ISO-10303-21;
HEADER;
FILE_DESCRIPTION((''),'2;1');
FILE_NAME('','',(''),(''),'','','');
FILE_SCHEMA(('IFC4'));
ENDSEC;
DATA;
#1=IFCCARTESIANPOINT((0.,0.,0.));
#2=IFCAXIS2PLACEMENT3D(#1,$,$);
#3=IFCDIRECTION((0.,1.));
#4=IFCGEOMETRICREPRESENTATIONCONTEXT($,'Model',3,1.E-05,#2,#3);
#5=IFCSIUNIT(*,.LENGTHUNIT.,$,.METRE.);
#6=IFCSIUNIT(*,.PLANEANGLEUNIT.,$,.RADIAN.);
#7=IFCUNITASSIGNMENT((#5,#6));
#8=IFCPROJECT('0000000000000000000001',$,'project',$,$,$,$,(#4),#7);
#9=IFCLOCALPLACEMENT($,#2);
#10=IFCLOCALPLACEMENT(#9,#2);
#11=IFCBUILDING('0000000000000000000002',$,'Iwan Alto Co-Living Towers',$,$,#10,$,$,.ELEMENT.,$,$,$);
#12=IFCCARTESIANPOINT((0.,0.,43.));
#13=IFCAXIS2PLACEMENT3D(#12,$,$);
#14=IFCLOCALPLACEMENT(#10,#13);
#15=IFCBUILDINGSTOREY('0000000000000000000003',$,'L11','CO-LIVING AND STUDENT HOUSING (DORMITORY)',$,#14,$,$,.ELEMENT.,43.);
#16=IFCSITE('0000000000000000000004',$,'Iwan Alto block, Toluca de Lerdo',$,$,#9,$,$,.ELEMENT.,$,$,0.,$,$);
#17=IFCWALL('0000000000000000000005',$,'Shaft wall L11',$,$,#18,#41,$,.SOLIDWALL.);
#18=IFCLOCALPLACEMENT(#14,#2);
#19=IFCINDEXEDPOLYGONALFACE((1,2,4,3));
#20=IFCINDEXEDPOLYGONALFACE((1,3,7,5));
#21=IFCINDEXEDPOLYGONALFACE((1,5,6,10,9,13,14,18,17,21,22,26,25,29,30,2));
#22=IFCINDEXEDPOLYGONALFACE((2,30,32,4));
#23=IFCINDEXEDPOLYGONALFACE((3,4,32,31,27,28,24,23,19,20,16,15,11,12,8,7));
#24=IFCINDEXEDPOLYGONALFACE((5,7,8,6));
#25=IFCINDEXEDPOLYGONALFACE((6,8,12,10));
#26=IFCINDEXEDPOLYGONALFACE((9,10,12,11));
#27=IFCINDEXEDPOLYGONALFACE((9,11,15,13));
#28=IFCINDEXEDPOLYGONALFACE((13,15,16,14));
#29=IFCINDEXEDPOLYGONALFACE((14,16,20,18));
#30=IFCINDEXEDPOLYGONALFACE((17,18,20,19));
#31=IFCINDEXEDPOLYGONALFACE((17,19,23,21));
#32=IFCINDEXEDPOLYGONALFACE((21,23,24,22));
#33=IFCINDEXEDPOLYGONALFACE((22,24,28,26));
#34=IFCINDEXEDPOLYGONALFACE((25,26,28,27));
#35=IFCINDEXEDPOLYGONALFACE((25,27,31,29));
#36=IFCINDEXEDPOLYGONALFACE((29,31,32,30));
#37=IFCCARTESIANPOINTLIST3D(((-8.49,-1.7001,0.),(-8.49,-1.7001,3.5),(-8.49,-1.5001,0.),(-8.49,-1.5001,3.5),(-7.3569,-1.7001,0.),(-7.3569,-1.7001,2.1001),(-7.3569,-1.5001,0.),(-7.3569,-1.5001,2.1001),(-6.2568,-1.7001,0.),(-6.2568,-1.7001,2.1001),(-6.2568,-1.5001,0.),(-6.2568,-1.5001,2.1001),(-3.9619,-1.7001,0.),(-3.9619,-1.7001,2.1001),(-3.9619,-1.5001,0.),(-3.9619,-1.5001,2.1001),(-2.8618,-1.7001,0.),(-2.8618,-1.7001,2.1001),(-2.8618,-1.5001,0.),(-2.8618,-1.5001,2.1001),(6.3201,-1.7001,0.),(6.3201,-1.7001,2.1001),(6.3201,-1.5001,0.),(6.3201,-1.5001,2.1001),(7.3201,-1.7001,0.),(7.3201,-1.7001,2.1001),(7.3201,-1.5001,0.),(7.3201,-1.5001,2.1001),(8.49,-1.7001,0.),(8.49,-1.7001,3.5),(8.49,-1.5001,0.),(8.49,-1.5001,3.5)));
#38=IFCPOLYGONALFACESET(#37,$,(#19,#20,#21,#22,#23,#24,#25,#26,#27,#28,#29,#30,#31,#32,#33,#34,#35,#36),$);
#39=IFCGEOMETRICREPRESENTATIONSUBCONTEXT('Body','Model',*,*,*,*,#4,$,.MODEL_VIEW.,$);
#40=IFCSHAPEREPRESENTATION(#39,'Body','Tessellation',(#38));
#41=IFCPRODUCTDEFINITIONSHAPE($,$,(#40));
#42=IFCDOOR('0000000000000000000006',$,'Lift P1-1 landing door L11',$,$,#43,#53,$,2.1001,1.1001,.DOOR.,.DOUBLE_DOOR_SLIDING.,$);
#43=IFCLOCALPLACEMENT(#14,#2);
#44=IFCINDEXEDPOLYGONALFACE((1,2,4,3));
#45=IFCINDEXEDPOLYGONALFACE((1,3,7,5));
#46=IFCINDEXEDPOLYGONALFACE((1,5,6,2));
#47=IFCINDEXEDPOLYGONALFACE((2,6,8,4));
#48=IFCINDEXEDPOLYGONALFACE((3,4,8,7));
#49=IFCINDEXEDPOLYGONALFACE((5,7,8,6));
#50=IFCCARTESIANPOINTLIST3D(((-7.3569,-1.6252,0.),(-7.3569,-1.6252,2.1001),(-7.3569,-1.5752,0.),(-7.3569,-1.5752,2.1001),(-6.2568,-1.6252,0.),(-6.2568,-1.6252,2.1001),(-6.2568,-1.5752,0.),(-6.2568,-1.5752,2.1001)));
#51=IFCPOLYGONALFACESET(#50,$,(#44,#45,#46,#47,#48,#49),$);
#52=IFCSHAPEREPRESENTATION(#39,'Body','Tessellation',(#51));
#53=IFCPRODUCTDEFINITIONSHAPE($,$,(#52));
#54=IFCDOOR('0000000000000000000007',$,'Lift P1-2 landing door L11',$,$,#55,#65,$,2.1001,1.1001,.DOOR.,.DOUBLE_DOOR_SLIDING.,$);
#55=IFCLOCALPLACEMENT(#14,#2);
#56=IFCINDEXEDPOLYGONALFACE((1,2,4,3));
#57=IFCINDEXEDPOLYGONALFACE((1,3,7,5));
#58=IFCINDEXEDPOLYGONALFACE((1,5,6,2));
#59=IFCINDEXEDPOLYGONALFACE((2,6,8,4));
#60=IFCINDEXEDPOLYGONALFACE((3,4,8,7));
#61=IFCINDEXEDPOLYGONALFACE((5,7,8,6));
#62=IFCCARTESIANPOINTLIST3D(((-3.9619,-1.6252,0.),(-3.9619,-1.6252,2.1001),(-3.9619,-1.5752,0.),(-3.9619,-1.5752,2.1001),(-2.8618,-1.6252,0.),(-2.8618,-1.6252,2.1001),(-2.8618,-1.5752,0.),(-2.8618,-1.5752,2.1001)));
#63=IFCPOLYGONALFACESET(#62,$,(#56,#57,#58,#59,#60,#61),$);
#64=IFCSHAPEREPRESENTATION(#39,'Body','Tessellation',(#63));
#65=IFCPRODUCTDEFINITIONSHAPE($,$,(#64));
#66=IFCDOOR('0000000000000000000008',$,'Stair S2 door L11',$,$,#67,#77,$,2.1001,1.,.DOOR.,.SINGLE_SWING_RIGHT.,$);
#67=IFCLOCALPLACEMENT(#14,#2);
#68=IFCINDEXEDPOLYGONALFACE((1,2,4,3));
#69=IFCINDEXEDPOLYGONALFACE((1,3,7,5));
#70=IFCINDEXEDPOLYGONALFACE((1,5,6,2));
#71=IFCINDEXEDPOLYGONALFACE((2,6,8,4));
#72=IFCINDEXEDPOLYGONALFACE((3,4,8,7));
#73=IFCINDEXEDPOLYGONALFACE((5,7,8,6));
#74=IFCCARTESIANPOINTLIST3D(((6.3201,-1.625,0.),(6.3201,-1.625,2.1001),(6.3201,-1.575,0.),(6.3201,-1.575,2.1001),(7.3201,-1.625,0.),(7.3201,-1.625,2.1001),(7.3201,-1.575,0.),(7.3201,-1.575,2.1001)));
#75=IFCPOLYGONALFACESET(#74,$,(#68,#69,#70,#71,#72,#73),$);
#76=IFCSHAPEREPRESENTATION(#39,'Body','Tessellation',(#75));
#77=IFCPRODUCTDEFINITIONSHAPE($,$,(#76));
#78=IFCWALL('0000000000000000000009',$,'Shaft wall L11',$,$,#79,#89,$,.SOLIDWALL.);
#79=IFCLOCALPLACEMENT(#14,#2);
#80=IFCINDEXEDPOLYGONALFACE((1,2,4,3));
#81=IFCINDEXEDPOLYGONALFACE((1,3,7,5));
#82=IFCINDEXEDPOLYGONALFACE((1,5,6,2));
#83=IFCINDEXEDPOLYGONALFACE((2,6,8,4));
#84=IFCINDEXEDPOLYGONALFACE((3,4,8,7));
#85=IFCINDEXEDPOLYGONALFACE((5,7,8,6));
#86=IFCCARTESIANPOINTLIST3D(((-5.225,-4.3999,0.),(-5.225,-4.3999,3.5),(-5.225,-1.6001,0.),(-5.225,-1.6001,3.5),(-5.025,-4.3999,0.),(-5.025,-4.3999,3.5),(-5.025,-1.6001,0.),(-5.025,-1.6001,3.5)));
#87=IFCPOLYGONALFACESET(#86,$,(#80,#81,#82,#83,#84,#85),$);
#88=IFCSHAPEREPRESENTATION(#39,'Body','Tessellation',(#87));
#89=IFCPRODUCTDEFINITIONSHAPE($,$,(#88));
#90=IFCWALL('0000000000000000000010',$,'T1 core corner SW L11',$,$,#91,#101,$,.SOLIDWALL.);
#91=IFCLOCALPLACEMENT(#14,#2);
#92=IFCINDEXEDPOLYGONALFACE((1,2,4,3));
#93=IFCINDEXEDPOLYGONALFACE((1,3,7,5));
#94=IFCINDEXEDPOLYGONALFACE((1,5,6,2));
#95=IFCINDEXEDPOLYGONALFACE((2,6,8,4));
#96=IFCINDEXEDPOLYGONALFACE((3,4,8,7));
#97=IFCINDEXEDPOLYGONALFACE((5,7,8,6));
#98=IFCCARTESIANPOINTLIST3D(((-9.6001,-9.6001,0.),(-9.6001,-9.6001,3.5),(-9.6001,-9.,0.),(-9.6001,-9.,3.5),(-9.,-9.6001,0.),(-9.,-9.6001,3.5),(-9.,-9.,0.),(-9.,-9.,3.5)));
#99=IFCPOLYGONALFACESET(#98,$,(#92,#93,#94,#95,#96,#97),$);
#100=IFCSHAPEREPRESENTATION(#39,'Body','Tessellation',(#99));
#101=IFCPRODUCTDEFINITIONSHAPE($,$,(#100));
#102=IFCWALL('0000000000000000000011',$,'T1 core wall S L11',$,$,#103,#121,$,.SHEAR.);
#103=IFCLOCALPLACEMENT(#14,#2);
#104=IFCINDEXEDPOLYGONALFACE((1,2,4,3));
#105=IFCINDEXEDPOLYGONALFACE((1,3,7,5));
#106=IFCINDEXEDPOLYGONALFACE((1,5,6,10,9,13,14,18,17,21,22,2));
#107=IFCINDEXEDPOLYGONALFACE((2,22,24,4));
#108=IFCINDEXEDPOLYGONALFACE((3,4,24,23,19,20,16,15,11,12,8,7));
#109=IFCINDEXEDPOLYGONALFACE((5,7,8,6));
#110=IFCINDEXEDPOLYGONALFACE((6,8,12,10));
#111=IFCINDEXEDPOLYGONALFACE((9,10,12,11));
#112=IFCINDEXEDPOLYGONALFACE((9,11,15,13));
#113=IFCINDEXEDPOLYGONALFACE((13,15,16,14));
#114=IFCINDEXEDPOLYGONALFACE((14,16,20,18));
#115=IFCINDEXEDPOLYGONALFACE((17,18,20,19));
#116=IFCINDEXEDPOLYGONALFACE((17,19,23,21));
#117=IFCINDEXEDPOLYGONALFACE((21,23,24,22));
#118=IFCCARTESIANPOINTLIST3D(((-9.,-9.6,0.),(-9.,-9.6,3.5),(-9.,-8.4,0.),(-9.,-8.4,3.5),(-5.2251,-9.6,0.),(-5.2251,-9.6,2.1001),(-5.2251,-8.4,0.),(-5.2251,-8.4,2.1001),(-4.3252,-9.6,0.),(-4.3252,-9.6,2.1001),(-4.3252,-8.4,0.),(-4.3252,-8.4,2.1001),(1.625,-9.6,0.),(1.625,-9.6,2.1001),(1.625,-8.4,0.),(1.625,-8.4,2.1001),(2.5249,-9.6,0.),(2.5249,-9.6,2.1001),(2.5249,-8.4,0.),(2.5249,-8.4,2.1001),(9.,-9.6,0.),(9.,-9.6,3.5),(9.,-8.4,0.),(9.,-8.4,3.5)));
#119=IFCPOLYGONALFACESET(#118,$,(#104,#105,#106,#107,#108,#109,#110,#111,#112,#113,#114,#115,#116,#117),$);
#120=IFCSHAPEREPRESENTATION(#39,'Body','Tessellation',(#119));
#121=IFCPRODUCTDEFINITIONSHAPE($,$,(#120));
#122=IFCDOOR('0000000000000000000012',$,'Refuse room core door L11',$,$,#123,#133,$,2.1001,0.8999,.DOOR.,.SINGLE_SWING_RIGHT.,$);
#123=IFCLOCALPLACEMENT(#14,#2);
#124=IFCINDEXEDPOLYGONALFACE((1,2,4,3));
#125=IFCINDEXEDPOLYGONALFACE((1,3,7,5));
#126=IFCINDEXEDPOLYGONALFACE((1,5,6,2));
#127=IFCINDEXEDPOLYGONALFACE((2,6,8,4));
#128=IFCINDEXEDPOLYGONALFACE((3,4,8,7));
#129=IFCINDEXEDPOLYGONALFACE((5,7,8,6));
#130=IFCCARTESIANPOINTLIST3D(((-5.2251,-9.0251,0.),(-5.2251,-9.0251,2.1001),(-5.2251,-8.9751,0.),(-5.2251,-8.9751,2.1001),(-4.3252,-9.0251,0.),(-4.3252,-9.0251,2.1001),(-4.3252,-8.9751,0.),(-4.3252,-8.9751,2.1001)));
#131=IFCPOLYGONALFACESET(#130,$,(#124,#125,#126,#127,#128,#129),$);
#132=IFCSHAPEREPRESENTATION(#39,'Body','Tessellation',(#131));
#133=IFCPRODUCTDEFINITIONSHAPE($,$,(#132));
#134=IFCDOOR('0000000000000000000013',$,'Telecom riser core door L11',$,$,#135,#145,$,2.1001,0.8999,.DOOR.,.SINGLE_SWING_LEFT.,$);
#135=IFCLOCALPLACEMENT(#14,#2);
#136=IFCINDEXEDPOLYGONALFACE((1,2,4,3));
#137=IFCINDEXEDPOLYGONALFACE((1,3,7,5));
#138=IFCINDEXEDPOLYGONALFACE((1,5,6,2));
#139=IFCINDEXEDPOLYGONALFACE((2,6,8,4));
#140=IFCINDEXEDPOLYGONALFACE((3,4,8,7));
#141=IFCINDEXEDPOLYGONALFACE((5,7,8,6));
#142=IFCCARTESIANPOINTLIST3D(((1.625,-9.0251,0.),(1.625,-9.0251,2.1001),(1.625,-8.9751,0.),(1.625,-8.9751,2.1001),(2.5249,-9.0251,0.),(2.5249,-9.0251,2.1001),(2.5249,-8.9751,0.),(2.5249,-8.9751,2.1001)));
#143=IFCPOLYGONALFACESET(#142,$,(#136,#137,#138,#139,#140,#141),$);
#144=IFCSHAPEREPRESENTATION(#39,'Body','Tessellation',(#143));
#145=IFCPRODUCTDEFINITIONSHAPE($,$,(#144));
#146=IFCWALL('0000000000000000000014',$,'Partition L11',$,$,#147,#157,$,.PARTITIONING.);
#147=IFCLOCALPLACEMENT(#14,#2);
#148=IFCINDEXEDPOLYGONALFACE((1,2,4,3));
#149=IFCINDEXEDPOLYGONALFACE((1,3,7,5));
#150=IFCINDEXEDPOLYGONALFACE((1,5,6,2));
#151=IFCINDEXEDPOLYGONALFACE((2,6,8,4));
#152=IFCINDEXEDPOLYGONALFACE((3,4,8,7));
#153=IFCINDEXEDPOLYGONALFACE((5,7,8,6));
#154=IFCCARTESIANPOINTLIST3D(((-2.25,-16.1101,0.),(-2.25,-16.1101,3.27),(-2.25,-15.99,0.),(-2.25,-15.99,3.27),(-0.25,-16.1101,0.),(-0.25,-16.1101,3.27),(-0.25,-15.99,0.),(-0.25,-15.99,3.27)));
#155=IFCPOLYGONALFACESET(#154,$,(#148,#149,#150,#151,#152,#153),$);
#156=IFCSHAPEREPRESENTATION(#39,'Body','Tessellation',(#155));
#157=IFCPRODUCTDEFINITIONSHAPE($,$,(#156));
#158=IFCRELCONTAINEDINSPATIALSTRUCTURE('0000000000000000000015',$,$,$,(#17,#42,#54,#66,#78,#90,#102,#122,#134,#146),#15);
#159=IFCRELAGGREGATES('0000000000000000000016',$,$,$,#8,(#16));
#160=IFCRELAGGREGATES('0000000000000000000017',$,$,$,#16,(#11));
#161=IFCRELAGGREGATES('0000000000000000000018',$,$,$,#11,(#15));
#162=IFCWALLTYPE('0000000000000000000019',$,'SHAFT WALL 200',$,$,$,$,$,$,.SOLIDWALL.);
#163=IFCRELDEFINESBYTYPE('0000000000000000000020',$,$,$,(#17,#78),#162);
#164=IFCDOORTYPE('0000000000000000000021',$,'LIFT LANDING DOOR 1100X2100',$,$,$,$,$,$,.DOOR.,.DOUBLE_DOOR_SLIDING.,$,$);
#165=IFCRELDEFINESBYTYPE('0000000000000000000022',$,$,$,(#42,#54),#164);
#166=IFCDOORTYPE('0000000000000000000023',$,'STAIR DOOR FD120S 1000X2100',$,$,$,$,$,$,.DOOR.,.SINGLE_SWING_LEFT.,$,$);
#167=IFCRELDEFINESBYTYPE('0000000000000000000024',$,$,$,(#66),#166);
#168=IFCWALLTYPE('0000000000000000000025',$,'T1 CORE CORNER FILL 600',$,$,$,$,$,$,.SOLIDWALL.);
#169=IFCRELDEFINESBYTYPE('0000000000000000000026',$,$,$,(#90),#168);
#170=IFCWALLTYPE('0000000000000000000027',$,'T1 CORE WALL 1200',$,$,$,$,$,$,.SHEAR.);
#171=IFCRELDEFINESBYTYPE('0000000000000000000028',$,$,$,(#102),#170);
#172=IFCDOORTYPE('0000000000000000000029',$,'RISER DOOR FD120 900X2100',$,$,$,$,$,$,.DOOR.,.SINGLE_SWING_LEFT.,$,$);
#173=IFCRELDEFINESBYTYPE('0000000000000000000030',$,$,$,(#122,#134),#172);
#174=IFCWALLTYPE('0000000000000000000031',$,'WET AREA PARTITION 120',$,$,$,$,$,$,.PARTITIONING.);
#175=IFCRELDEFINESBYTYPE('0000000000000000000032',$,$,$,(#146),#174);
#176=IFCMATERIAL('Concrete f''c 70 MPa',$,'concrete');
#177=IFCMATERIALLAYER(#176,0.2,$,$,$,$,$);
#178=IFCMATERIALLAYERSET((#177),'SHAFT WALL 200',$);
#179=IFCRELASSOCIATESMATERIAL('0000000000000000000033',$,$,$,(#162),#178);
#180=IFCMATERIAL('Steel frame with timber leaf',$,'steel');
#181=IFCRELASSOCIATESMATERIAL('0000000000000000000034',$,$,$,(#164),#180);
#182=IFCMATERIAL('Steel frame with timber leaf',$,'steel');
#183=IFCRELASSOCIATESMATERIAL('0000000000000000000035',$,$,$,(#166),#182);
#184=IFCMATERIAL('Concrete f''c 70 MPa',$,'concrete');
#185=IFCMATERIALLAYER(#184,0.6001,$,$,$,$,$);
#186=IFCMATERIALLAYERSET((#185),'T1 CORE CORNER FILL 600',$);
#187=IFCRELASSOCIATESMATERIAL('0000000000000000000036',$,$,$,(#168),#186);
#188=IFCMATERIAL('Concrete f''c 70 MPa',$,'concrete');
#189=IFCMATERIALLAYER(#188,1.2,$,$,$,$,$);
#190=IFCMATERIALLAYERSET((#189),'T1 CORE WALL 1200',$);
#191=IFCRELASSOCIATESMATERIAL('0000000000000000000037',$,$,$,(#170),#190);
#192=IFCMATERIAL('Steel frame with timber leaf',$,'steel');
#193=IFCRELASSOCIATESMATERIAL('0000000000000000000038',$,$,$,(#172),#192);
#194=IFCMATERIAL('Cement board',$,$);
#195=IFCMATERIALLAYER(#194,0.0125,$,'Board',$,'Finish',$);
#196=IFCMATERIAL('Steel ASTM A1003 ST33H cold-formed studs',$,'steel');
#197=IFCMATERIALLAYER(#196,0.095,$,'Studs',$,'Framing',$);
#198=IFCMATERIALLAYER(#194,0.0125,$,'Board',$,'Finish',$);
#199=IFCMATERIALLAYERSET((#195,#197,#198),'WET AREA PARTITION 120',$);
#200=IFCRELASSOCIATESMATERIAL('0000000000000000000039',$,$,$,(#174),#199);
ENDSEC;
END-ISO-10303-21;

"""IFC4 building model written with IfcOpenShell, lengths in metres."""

from ifc_helpers import new_model, si_unit, direction, frame, frame_2d, origin, place, context, subcontext, project, spatial, rectangle, extrude, material, layer, layer_set, type_object, element, fill, save


model = new_model("IFC4")

# Units and contexts
model_context = context("Model", 3, precision=1e-05, world=origin(), true_north=direction((0.0, 1.0)))
body_context = subcontext(model_context, "Body", "Model", "MODEL_VIEW")
ifc_project = project(units=[si_unit("LENGTHUNIT", "METRE"), si_unit("PLANEANGLEUNIT", "RADIAN")], contexts=[model_context])

# Site, building, storey
site_placement = place(None, origin())
site = spatial("IfcSite", under=ifc_project, at=site_placement, Name="Iwan Alto block, Toluca de Lerdo", CompositionType="ELEMENT", RefElevation=0.0)
building_placement = place(site_placement, origin())
building = spatial("IfcBuilding", under=site, at=building_placement, Name="Iwan Alto Co-Living Towers", CompositionType="ELEMENT")
storey_placement = place(building_placement, frame((0.0, 0.0, 43.0)))
storey = spatial("IfcBuildingStorey", under=building, at=storey_placement, Name="L11", Description="CO-LIVING AND STUDENT HOUSING (DORMITORY)", CompositionType="ELEMENT", Elevation=43.0)

# Shared definitions
ifc_material_1 = material(Name="Steel ASTM A1003 ST33H cold-formed studs", Category="steel")

# Shared definitions
ifc_material_2 = material(Name="Concrete f'c 70 MPa", Category="concrete")
ifc_layer_1 = layer(ifc_material_2, 0.2)
ifc_layer_set_1 = layer_set([ifc_layer_1], Name="SHAFT WALL 200")
wall_type_1 = type_object("IfcWallType", Name="SHAFT WALL 200", PredefinedType="SOLIDWALL", material=ifc_layer_set_1)

# Wall, openings, doors
wall_1_placement = place(storey_placement, frame((-8.49, -1.6001, 0.0), z_axis=(0.0, 0.0, 1.0), x_axis=(1.0, 0.0, 0.0)))
wall_1 = element("IfcWall", 1, at=wall_1_placement, inside=storey, type_object=wall_type_1, Name="Shaft wall L11", PredefinedType="SOLIDWALL", context=body_context, shape_type="SweptSolid", body=[
    extrude(rectangle(XDim=16.98, YDim=0.2, at=frame_2d((8.49, 0.0))), origin(), (0.0, 0.0, 1.0), 3.5),
])
opening_1_placement = place(wall_1_placement, frame((14.8101, 0.0, 0.0)))
opening_1 = element("IfcOpeningElement", 2, at=opening_1_placement, cuts=wall_1, PredefinedType="OPENING", context=body_context, shape_type="SweptSolid", body=[
    extrude(rectangle(XDim=1.0, YDim=2.1001, at=frame_2d((0.5, 1.05))), frame((0.0, 0.1099, 0.0), z_axis=(0.0, -1.0, 0.0), x_axis=(1.0, 0.0, 0.0)), (0.0, 0.0, 1.0), 0.22),
])
opening_2_placement = place(wall_1_placement, frame((1.1331, 0.0, 0.0)))
opening_2 = element("IfcOpeningElement", 3, at=opening_2_placement, cuts=wall_1, PredefinedType="OPENING", context=body_context, shape_type="SweptSolid", body=[
    extrude(rectangle(XDim=1.1001, YDim=2.1001, at=frame_2d((0.55, 1.05))), frame((0.0, 0.1099, 0.0), z_axis=(0.0, -1.0, 0.0), x_axis=(1.0, 0.0, 0.0)), (0.0, 0.0, 1.0), 0.22),
])
opening_3_placement = place(wall_1_placement, frame((4.5281, 0.0, 0.0)))
opening_3 = element("IfcOpeningElement", 4, at=opening_3_placement, cuts=wall_1, PredefinedType="OPENING", context=body_context, shape_type="SweptSolid", body=[
    extrude(rectangle(XDim=1.1001, YDim=2.1001, at=frame_2d((0.55, 1.05))), frame((0.0, 0.1099, 0.0), z_axis=(0.0, -1.0, 0.0), x_axis=(1.0, 0.0, 0.0)), (0.0, 0.0, 1.0), 0.22),
])
ifc_material_3 = material(Name="Steel frame with timber leaf", Category="steel")
door_type_1 = type_object("IfcDoorType", Name="LIFT LANDING DOOR 1100X2100", OperationType="DOUBLE_DOOR_SLIDING", PredefinedType="DOOR", material=ifc_material_3)
door_1_placement = place(opening_2_placement, origin())
door_1 = element("IfcDoor", 5, at=door_1_placement, inside=storey, type_object=door_type_1, Name="Lift P1-1 landing door L11", OperationType="DOUBLE_DOOR_SLIDING", OverallHeight=2.1001, OverallWidth=1.1001, PredefinedType="DOOR", context=body_context, shape_type="SweptSolid", body=[
    extrude(rectangle(XDim=1.1001, YDim=2.1001, at=frame_2d((0.55, 1.05))), frame((0.0, 0.0249, 0.0), z_axis=(0.0, -1.0, 0.0), x_axis=(1.0, 0.0, 0.0)), (0.0, 0.0, 1.0), 0.05),
])
fill(opening_2, door_1)
door_2_placement = place(opening_3_placement, origin())
door_2 = element("IfcDoor", 6, at=door_2_placement, inside=storey, type_object=door_type_1, Name="Lift P1-2 landing door L11", OperationType="DOUBLE_DOOR_SLIDING", OverallHeight=2.1001, OverallWidth=1.1001, PredefinedType="DOOR", context=body_context, shape_type="SweptSolid", body=[
    extrude(rectangle(XDim=1.1001, YDim=2.1001, at=frame_2d((0.55, 1.05))), frame((0.0, 0.0249, 0.0), z_axis=(0.0, -1.0, 0.0), x_axis=(1.0, 0.0, 0.0)), (0.0, 0.0, 1.0), 0.05),
])
fill(opening_3, door_2)
ifc_material_4 = material(Name="Steel frame with timber leaf", Category="steel")
door_type_2 = type_object("IfcDoorType", Name="STAIR DOOR FD120S 1000X2100", OperationType="SINGLE_SWING_LEFT", PredefinedType="DOOR", material=ifc_material_4)
door_3_placement = place(opening_1_placement, frame((1.0, 0.0, 0.0), z_axis=(0.0, 0.0, 1.0), x_axis=(-1.0, 0.0, 0.0)))
door_3 = element("IfcDoor", 7, at=door_3_placement, inside=storey, type_object=door_type_2, Name="Stair S2 door L11", OperationType="SINGLE_SWING_RIGHT", OverallHeight=2.1001, OverallWidth=1.0, PredefinedType="DOOR", context=body_context, shape_type="SweptSolid", body=[
    extrude(rectangle(XDim=1.0, YDim=2.1001, at=frame_2d((0.5, 1.05))), frame((0.0, 0.0249, 0.0), z_axis=(0.0, -1.0, 0.0), x_axis=(1.0, 0.0, 0.0)), (0.0, 0.0, 1.0), 0.05),
])
fill(opening_1, door_3)

# Walls
wall_2_placement = place(storey_placement, frame((-5.125, -4.3999, 0.0), z_axis=(0.0, 0.0, 1.0), x_axis=(0.0, 1.0, 0.0)))
element("IfcWall", 8, at=wall_2_placement, inside=storey, type_object=wall_type_1, Name="Shaft wall L11", PredefinedType="SOLIDWALL", context=body_context, shape_type="SweptSolid", body=[
    extrude(rectangle(XDim=2.7998, YDim=0.2, at=frame_2d((1.3999, 0.0))), origin(), (0.0, 0.0, 1.0), 3.5),
])
ifc_material_5 = material(Name="Concrete f'c 70 MPa", Category="concrete")
ifc_layer_2 = layer(ifc_material_5, 0.6001)
ifc_layer_set_2 = layer_set([ifc_layer_2], Name="T1 CORE CORNER FILL 600")
wall_type_2 = type_object("IfcWallType", Name="T1 CORE CORNER FILL 600", PredefinedType="SOLIDWALL", material=ifc_layer_set_2)
wall_3_placement = place(storey_placement, frame((-9.6001, -9.3, 0.0), z_axis=(0.0, 0.0, 1.0), x_axis=(1.0, 0.0, 0.0)))
element("IfcWall", 9, at=wall_3_placement, inside=storey, type_object=wall_type_2, Name="T1 core corner SW L11", PredefinedType="SOLIDWALL", context=body_context, shape_type="SweptSolid", body=[
    extrude(rectangle(XDim=0.6001, YDim=0.6001, at=frame_2d((0.3, 0.0))), origin(), (0.0, 0.0, 1.0), 3.5),
])

# Wall, openings, doors
ifc_material_6 = material(Name="Concrete f'c 70 MPa", Category="concrete")
ifc_layer_3 = layer(ifc_material_6, 1.2)
ifc_layer_set_3 = layer_set([ifc_layer_3], Name="T1 CORE WALL 1200")
wall_type_3 = type_object("IfcWallType", Name="T1 CORE WALL 1200", PredefinedType="SHEAR", material=ifc_layer_set_3)
wall_4_placement = place(storey_placement, frame((-9.0, -9.0, 0.0), z_axis=(0.0, 0.0, 1.0), x_axis=(1.0, 0.0, 0.0)))
wall_4 = element("IfcWall", 10, at=wall_4_placement, inside=storey, type_object=wall_type_3, Name="T1 core wall S L11", PredefinedType="SHEAR", context=body_context, shape_type="SweptSolid", body=[
    extrude(rectangle(XDim=18.0, YDim=1.2, at=frame_2d((9.0, 0.0))), origin(), (0.0, 0.0, 1.0), 3.5),
])
opening_4_placement = place(wall_4_placement, frame((3.7749, 0.0, 0.0)))
opening_4 = element("IfcOpeningElement", 11, at=opening_4_placement, cuts=wall_4, PredefinedType="OPENING", context=body_context, shape_type="SweptSolid", body=[
    extrude(rectangle(XDim=0.8999, YDim=2.1001, at=frame_2d((0.45, 1.05))), frame((0.0, 0.6099, 0.0), z_axis=(0.0, -1.0, 0.0), x_axis=(1.0, 0.0, 0.0)), (0.0, 0.0, 1.0), 1.22),
])
opening_5_placement = place(wall_4_placement, frame((10.625, 0.0, 0.0)))
opening_5 = element("IfcOpeningElement", 12, at=opening_5_placement, cuts=wall_4, PredefinedType="OPENING", context=body_context, shape_type="SweptSolid", body=[
    extrude(rectangle(XDim=0.8999, YDim=2.1001, at=frame_2d((0.45, 1.05))), frame((0.0, 0.6099, 0.0), z_axis=(0.0, -1.0, 0.0), x_axis=(1.0, 0.0, 0.0)), (0.0, 0.0, 1.0), 1.22),
])
ifc_material_7 = material(Name="Steel frame with timber leaf", Category="steel")
door_type_3 = type_object("IfcDoorType", Name="RISER DOOR FD120 900X2100", OperationType="SINGLE_SWING_LEFT", PredefinedType="DOOR", material=ifc_material_7)
door_4_placement = place(opening_4_placement, origin())
door_4 = element("IfcDoor", 13, at=door_4_placement, inside=storey, type_object=door_type_3, Name="Refuse room core door L11", OperationType="SINGLE_SWING_RIGHT", OverallHeight=2.1001, OverallWidth=0.8999, PredefinedType="DOOR", context=body_context, shape_type="SweptSolid", body=[
    extrude(rectangle(XDim=0.8999, YDim=2.1001, at=frame_2d((0.45, 1.05))), frame((0.0, 0.0249, 0.0), z_axis=(0.0, -1.0, 0.0), x_axis=(1.0, 0.0, 0.0)), (0.0, 0.0, 1.0), 0.05),
])
fill(opening_4, door_4)
door_5_placement = place(opening_5_placement, origin())
door_5 = element("IfcDoor", 14, at=door_5_placement, inside=storey, type_object=door_type_3, Name="Telecom riser core door L11", OperationType="SINGLE_SWING_LEFT", OverallHeight=2.1001, OverallWidth=0.8999, PredefinedType="DOOR", context=body_context, shape_type="SweptSolid", body=[
    extrude(rectangle(XDim=0.8999, YDim=2.1001, at=frame_2d((0.45, 1.05))), frame((0.0, 0.0249, 0.0), z_axis=(0.0, -1.0, 0.0), x_axis=(1.0, 0.0, 0.0)), (0.0, 0.0, 1.0), 0.05),
])
fill(opening_5, door_5)

# Wall
ifc_material_8 = material(Name="Cement board")
ifc_layer_4 = layer(ifc_material_8, 0.0125, Name="Board", Category="Finish")
ifc_layer_5 = layer(ifc_material_1, 0.095, Name="Studs", Category="Framing")
ifc_layer_6 = layer(ifc_material_8, 0.0125, Name="Board", Category="Finish")
ifc_layer_set_4 = layer_set([ifc_layer_4, ifc_layer_5, ifc_layer_6], Name="WET AREA PARTITION 120")
wall_type_4 = type_object("IfcWallType", Name="WET AREA PARTITION 120", PredefinedType="PARTITIONING", material=ifc_layer_set_4)
wall_5_placement = place(storey_placement, frame((-2.25, -16.05, 0.0), z_axis=(0.0, 0.0, 1.0), x_axis=(1.0, 0.0, 0.0)))
element("IfcWall", 15, at=wall_5_placement, inside=storey, type_object=wall_type_4, Name="Partition L11", PredefinedType="PARTITIONING", context=body_context, shape_type="SweptSolid", body=[
    extrude(rectangle(XDim=2.0, YDim=0.1201, at=frame_2d((1.0, 0.0))), origin(), (0.0, 0.0, 1.0), 3.27),
])

save(model, "model.ifc")
